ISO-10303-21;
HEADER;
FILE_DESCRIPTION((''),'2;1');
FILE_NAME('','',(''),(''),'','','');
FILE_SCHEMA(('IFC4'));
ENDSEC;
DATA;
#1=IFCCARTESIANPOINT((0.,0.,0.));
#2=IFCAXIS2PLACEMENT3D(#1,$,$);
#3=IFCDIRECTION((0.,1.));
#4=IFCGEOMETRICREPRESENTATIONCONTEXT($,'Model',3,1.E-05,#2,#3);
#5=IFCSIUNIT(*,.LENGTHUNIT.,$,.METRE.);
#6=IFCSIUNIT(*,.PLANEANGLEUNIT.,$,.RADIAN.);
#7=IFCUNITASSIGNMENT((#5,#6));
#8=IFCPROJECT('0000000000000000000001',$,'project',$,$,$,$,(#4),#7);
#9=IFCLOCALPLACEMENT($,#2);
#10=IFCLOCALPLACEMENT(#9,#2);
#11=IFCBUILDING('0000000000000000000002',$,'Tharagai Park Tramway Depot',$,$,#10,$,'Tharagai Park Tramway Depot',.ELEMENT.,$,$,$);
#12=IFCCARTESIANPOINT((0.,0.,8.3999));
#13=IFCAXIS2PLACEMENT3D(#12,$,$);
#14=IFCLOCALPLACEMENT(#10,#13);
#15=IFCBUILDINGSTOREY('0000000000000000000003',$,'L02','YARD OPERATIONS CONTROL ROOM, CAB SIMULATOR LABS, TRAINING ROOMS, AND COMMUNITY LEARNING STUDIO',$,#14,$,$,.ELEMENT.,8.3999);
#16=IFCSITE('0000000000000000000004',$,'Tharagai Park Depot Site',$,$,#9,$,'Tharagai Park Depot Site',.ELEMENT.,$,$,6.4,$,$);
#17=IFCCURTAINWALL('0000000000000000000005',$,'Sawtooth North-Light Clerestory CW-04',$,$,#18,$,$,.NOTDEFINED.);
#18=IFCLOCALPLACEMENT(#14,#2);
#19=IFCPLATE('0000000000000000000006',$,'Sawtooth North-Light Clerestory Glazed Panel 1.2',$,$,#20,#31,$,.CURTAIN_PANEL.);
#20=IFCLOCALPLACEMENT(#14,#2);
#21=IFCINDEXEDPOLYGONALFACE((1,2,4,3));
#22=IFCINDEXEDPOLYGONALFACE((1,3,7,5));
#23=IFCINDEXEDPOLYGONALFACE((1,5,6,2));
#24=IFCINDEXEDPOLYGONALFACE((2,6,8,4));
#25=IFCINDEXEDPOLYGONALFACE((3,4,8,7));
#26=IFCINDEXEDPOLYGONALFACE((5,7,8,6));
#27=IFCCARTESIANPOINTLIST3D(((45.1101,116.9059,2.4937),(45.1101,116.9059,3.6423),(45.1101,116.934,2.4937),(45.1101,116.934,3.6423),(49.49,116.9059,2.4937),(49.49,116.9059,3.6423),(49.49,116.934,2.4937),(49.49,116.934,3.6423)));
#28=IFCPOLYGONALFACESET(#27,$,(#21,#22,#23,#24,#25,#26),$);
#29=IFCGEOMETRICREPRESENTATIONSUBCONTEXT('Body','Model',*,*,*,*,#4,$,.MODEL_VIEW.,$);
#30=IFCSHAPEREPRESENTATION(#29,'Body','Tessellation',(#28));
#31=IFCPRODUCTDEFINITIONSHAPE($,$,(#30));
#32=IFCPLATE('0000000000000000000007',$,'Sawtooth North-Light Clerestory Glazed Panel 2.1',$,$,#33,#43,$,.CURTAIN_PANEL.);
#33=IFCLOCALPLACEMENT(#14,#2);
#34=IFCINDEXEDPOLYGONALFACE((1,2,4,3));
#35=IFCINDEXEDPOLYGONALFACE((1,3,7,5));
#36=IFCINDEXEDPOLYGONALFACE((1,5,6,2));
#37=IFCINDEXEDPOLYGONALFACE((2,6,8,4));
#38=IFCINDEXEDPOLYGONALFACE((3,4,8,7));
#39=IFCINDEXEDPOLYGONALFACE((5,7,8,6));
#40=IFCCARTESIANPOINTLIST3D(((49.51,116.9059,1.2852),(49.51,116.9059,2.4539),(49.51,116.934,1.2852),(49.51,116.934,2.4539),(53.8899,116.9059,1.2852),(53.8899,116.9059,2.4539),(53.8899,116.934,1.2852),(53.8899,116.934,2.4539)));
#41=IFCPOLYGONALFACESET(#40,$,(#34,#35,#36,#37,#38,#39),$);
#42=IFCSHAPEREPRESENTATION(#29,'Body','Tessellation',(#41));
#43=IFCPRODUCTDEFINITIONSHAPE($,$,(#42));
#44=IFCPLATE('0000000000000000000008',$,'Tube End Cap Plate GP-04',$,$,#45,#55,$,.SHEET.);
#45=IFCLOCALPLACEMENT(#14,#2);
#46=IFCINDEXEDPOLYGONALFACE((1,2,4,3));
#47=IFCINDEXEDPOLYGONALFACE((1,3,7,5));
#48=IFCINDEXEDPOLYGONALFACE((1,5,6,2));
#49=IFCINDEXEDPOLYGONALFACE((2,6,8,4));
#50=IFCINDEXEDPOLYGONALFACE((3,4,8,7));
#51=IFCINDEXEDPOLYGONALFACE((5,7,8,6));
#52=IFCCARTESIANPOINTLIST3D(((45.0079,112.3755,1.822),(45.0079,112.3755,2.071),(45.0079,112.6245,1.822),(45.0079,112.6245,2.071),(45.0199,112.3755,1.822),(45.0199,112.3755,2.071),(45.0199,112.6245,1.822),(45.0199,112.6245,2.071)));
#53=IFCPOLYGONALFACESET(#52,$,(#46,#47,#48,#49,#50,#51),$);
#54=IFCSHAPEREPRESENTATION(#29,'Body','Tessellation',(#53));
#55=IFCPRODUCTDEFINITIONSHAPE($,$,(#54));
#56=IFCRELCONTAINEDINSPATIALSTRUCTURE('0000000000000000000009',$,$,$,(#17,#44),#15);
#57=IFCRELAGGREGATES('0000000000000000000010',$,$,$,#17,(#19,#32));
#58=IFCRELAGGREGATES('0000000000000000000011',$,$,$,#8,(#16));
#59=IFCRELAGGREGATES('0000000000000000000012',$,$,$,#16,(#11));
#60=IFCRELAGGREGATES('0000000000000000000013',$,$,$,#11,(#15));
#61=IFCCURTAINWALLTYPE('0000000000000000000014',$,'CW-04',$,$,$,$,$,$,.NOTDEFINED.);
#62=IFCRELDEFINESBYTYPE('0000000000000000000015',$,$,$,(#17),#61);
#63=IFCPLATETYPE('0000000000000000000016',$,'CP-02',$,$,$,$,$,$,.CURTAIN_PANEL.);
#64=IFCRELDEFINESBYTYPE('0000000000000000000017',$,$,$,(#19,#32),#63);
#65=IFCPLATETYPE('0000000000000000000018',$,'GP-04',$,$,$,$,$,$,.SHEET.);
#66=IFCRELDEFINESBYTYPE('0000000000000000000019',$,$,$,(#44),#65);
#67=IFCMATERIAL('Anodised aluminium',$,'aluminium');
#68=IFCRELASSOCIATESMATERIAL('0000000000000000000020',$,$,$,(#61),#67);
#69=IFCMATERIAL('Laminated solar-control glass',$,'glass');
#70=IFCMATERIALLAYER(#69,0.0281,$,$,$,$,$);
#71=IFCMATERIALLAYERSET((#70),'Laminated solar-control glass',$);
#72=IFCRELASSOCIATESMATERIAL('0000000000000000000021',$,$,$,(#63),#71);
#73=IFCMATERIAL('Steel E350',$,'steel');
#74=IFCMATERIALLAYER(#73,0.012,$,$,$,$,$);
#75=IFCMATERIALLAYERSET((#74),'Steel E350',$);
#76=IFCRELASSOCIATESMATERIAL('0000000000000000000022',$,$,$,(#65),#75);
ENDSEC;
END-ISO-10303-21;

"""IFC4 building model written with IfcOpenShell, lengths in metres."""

from ifc_helpers import new_model, si_unit, direction, frame, origin, origin_2d, place, context, subcontext, project, spatial, rectangle, extrude, material, layer, layer_set, type_object, element, aggregate, save


model = new_model("IFC4")

# Units and contexts
model_context = context("Model", 3, precision=1e-05, world=origin(), true_north=direction((0.0, 1.0)))
body_context = subcontext(model_context, "Body", "Model", "MODEL_VIEW")
ifc_project = project(units=[si_unit("LENGTHUNIT", "METRE"), si_unit("PLANEANGLEUNIT", "RADIAN")], contexts=[model_context])

# Site, building, storey
site_placement = place(None, origin())
site = spatial("IfcSite", under=ifc_project, at=site_placement, Name="Tharagai Park Depot Site", LongName="Tharagai Park Depot Site", CompositionType="ELEMENT", RefElevation=6.4)
building_placement = place(site_placement, origin())
building = spatial("IfcBuilding", under=site, at=building_placement, Name="Tharagai Park Tramway Depot", LongName="Tharagai Park Tramway Depot", CompositionType="ELEMENT")
storey_placement = place(building_placement, frame((0.0, 0.0, 8.3999)))
storey = spatial("IfcBuildingStorey", under=building, at=storey_placement, Name="L02", Description="YARD OPERATIONS CONTROL ROOM, CAB SIMULATOR LABS, TRAINING ROOMS, AND COMMUNITY LEARNING STUDIO", CompositionType="ELEMENT", Elevation=8.3999)

# Shared definitions
ifc_material_1 = material(Name="Steel E350", Category="steel")

# Curtain wall
ifc_material_2 = material(Name="Anodised aluminium", Category="aluminium")
curtain_wall_type = type_object("IfcCurtainWallType", Name="CW-04", PredefinedType="NOTDEFINED", material=ifc_material_2)
curtain_wall_1_placement = place(storey_placement, origin())
curtain_wall_1 = element("IfcCurtainWall", 1, at=curtain_wall_1_placement, inside=storey, type_object=curtain_wall_type, Name="Sawtooth North-Light Clerestory CW-04", PredefinedType="NOTDEFINED")

# Plates
ifc_material_3 = material(Name="Laminated solar-control glass", Category="glass")
ifc_layer_1 = layer(ifc_material_3, 0.0281)
ifc_layer_set_1 = layer_set([ifc_layer_1], Name="Laminated solar-control glass")
plate_type_1 = type_object("IfcPlateType", Name="CP-02", PredefinedType="CURTAIN_PANEL", material=ifc_layer_set_1)
plate_1_placement = place(storey_placement, frame((47.3, 116.9199, 2.4937), z_axis=(0.0, 0.0, 1.0), x_axis=(1.0, 0.0, 0.0)))
plate_1 = element("IfcPlate", 2, at=plate_1_placement, type_object=plate_type_1, Name="Sawtooth North-Light Clerestory Glazed Panel 1.2", PredefinedType="CURTAIN_PANEL", context=body_context, shape_type="SweptSolid", body=[
    extrude(rectangle(XDim=4.3799, YDim=0.0281, at=origin_2d()), origin(), (0.0, 0.0, 1.0), 1.1487),
])
plate_2_placement = place(storey_placement, frame((51.7, 116.9199, 1.2852), z_axis=(0.0, 0.0, 1.0), x_axis=(1.0, 0.0, 0.0)))
plate_2 = element("IfcPlate", 3, at=plate_2_placement, type_object=plate_type_1, Name="Sawtooth North-Light Clerestory Glazed Panel 2.1", PredefinedType="CURTAIN_PANEL", context=body_context, shape_type="SweptSolid", body=[
    extrude(rectangle(XDim=4.3799, YDim=0.0281, at=origin_2d()), origin(), (0.0, 0.0, 1.0), 1.1687),
])
aggregate(curtain_wall_1, [plate_1, plate_2])
ifc_layer_2 = layer(ifc_material_1, 0.012)
ifc_layer_set_2 = layer_set([ifc_layer_2], Name="Steel E350")
plate_type_2 = type_object("IfcPlateType", Name="GP-04", PredefinedType="SHEET", material=ifc_layer_set_2)
plate_3_placement = place(storey_placement, frame((45.0139, 112.5, 1.822), z_axis=(0.0, 0.0, 1.0), x_axis=(1.0, 0.0, 0.0)))
element("IfcPlate", 4, at=plate_3_placement, inside=storey, type_object=plate_type_2, Name="Tube End Cap Plate GP-04", PredefinedType="SHEET", context=body_context, shape_type="SweptSolid", body=[
    extrude(rectangle(XDim=0.012, YDim=0.249, at=origin_2d()), origin(), (0.0, 0.0, 1.0), 0.249),
])

save(model, "model.ifc")
